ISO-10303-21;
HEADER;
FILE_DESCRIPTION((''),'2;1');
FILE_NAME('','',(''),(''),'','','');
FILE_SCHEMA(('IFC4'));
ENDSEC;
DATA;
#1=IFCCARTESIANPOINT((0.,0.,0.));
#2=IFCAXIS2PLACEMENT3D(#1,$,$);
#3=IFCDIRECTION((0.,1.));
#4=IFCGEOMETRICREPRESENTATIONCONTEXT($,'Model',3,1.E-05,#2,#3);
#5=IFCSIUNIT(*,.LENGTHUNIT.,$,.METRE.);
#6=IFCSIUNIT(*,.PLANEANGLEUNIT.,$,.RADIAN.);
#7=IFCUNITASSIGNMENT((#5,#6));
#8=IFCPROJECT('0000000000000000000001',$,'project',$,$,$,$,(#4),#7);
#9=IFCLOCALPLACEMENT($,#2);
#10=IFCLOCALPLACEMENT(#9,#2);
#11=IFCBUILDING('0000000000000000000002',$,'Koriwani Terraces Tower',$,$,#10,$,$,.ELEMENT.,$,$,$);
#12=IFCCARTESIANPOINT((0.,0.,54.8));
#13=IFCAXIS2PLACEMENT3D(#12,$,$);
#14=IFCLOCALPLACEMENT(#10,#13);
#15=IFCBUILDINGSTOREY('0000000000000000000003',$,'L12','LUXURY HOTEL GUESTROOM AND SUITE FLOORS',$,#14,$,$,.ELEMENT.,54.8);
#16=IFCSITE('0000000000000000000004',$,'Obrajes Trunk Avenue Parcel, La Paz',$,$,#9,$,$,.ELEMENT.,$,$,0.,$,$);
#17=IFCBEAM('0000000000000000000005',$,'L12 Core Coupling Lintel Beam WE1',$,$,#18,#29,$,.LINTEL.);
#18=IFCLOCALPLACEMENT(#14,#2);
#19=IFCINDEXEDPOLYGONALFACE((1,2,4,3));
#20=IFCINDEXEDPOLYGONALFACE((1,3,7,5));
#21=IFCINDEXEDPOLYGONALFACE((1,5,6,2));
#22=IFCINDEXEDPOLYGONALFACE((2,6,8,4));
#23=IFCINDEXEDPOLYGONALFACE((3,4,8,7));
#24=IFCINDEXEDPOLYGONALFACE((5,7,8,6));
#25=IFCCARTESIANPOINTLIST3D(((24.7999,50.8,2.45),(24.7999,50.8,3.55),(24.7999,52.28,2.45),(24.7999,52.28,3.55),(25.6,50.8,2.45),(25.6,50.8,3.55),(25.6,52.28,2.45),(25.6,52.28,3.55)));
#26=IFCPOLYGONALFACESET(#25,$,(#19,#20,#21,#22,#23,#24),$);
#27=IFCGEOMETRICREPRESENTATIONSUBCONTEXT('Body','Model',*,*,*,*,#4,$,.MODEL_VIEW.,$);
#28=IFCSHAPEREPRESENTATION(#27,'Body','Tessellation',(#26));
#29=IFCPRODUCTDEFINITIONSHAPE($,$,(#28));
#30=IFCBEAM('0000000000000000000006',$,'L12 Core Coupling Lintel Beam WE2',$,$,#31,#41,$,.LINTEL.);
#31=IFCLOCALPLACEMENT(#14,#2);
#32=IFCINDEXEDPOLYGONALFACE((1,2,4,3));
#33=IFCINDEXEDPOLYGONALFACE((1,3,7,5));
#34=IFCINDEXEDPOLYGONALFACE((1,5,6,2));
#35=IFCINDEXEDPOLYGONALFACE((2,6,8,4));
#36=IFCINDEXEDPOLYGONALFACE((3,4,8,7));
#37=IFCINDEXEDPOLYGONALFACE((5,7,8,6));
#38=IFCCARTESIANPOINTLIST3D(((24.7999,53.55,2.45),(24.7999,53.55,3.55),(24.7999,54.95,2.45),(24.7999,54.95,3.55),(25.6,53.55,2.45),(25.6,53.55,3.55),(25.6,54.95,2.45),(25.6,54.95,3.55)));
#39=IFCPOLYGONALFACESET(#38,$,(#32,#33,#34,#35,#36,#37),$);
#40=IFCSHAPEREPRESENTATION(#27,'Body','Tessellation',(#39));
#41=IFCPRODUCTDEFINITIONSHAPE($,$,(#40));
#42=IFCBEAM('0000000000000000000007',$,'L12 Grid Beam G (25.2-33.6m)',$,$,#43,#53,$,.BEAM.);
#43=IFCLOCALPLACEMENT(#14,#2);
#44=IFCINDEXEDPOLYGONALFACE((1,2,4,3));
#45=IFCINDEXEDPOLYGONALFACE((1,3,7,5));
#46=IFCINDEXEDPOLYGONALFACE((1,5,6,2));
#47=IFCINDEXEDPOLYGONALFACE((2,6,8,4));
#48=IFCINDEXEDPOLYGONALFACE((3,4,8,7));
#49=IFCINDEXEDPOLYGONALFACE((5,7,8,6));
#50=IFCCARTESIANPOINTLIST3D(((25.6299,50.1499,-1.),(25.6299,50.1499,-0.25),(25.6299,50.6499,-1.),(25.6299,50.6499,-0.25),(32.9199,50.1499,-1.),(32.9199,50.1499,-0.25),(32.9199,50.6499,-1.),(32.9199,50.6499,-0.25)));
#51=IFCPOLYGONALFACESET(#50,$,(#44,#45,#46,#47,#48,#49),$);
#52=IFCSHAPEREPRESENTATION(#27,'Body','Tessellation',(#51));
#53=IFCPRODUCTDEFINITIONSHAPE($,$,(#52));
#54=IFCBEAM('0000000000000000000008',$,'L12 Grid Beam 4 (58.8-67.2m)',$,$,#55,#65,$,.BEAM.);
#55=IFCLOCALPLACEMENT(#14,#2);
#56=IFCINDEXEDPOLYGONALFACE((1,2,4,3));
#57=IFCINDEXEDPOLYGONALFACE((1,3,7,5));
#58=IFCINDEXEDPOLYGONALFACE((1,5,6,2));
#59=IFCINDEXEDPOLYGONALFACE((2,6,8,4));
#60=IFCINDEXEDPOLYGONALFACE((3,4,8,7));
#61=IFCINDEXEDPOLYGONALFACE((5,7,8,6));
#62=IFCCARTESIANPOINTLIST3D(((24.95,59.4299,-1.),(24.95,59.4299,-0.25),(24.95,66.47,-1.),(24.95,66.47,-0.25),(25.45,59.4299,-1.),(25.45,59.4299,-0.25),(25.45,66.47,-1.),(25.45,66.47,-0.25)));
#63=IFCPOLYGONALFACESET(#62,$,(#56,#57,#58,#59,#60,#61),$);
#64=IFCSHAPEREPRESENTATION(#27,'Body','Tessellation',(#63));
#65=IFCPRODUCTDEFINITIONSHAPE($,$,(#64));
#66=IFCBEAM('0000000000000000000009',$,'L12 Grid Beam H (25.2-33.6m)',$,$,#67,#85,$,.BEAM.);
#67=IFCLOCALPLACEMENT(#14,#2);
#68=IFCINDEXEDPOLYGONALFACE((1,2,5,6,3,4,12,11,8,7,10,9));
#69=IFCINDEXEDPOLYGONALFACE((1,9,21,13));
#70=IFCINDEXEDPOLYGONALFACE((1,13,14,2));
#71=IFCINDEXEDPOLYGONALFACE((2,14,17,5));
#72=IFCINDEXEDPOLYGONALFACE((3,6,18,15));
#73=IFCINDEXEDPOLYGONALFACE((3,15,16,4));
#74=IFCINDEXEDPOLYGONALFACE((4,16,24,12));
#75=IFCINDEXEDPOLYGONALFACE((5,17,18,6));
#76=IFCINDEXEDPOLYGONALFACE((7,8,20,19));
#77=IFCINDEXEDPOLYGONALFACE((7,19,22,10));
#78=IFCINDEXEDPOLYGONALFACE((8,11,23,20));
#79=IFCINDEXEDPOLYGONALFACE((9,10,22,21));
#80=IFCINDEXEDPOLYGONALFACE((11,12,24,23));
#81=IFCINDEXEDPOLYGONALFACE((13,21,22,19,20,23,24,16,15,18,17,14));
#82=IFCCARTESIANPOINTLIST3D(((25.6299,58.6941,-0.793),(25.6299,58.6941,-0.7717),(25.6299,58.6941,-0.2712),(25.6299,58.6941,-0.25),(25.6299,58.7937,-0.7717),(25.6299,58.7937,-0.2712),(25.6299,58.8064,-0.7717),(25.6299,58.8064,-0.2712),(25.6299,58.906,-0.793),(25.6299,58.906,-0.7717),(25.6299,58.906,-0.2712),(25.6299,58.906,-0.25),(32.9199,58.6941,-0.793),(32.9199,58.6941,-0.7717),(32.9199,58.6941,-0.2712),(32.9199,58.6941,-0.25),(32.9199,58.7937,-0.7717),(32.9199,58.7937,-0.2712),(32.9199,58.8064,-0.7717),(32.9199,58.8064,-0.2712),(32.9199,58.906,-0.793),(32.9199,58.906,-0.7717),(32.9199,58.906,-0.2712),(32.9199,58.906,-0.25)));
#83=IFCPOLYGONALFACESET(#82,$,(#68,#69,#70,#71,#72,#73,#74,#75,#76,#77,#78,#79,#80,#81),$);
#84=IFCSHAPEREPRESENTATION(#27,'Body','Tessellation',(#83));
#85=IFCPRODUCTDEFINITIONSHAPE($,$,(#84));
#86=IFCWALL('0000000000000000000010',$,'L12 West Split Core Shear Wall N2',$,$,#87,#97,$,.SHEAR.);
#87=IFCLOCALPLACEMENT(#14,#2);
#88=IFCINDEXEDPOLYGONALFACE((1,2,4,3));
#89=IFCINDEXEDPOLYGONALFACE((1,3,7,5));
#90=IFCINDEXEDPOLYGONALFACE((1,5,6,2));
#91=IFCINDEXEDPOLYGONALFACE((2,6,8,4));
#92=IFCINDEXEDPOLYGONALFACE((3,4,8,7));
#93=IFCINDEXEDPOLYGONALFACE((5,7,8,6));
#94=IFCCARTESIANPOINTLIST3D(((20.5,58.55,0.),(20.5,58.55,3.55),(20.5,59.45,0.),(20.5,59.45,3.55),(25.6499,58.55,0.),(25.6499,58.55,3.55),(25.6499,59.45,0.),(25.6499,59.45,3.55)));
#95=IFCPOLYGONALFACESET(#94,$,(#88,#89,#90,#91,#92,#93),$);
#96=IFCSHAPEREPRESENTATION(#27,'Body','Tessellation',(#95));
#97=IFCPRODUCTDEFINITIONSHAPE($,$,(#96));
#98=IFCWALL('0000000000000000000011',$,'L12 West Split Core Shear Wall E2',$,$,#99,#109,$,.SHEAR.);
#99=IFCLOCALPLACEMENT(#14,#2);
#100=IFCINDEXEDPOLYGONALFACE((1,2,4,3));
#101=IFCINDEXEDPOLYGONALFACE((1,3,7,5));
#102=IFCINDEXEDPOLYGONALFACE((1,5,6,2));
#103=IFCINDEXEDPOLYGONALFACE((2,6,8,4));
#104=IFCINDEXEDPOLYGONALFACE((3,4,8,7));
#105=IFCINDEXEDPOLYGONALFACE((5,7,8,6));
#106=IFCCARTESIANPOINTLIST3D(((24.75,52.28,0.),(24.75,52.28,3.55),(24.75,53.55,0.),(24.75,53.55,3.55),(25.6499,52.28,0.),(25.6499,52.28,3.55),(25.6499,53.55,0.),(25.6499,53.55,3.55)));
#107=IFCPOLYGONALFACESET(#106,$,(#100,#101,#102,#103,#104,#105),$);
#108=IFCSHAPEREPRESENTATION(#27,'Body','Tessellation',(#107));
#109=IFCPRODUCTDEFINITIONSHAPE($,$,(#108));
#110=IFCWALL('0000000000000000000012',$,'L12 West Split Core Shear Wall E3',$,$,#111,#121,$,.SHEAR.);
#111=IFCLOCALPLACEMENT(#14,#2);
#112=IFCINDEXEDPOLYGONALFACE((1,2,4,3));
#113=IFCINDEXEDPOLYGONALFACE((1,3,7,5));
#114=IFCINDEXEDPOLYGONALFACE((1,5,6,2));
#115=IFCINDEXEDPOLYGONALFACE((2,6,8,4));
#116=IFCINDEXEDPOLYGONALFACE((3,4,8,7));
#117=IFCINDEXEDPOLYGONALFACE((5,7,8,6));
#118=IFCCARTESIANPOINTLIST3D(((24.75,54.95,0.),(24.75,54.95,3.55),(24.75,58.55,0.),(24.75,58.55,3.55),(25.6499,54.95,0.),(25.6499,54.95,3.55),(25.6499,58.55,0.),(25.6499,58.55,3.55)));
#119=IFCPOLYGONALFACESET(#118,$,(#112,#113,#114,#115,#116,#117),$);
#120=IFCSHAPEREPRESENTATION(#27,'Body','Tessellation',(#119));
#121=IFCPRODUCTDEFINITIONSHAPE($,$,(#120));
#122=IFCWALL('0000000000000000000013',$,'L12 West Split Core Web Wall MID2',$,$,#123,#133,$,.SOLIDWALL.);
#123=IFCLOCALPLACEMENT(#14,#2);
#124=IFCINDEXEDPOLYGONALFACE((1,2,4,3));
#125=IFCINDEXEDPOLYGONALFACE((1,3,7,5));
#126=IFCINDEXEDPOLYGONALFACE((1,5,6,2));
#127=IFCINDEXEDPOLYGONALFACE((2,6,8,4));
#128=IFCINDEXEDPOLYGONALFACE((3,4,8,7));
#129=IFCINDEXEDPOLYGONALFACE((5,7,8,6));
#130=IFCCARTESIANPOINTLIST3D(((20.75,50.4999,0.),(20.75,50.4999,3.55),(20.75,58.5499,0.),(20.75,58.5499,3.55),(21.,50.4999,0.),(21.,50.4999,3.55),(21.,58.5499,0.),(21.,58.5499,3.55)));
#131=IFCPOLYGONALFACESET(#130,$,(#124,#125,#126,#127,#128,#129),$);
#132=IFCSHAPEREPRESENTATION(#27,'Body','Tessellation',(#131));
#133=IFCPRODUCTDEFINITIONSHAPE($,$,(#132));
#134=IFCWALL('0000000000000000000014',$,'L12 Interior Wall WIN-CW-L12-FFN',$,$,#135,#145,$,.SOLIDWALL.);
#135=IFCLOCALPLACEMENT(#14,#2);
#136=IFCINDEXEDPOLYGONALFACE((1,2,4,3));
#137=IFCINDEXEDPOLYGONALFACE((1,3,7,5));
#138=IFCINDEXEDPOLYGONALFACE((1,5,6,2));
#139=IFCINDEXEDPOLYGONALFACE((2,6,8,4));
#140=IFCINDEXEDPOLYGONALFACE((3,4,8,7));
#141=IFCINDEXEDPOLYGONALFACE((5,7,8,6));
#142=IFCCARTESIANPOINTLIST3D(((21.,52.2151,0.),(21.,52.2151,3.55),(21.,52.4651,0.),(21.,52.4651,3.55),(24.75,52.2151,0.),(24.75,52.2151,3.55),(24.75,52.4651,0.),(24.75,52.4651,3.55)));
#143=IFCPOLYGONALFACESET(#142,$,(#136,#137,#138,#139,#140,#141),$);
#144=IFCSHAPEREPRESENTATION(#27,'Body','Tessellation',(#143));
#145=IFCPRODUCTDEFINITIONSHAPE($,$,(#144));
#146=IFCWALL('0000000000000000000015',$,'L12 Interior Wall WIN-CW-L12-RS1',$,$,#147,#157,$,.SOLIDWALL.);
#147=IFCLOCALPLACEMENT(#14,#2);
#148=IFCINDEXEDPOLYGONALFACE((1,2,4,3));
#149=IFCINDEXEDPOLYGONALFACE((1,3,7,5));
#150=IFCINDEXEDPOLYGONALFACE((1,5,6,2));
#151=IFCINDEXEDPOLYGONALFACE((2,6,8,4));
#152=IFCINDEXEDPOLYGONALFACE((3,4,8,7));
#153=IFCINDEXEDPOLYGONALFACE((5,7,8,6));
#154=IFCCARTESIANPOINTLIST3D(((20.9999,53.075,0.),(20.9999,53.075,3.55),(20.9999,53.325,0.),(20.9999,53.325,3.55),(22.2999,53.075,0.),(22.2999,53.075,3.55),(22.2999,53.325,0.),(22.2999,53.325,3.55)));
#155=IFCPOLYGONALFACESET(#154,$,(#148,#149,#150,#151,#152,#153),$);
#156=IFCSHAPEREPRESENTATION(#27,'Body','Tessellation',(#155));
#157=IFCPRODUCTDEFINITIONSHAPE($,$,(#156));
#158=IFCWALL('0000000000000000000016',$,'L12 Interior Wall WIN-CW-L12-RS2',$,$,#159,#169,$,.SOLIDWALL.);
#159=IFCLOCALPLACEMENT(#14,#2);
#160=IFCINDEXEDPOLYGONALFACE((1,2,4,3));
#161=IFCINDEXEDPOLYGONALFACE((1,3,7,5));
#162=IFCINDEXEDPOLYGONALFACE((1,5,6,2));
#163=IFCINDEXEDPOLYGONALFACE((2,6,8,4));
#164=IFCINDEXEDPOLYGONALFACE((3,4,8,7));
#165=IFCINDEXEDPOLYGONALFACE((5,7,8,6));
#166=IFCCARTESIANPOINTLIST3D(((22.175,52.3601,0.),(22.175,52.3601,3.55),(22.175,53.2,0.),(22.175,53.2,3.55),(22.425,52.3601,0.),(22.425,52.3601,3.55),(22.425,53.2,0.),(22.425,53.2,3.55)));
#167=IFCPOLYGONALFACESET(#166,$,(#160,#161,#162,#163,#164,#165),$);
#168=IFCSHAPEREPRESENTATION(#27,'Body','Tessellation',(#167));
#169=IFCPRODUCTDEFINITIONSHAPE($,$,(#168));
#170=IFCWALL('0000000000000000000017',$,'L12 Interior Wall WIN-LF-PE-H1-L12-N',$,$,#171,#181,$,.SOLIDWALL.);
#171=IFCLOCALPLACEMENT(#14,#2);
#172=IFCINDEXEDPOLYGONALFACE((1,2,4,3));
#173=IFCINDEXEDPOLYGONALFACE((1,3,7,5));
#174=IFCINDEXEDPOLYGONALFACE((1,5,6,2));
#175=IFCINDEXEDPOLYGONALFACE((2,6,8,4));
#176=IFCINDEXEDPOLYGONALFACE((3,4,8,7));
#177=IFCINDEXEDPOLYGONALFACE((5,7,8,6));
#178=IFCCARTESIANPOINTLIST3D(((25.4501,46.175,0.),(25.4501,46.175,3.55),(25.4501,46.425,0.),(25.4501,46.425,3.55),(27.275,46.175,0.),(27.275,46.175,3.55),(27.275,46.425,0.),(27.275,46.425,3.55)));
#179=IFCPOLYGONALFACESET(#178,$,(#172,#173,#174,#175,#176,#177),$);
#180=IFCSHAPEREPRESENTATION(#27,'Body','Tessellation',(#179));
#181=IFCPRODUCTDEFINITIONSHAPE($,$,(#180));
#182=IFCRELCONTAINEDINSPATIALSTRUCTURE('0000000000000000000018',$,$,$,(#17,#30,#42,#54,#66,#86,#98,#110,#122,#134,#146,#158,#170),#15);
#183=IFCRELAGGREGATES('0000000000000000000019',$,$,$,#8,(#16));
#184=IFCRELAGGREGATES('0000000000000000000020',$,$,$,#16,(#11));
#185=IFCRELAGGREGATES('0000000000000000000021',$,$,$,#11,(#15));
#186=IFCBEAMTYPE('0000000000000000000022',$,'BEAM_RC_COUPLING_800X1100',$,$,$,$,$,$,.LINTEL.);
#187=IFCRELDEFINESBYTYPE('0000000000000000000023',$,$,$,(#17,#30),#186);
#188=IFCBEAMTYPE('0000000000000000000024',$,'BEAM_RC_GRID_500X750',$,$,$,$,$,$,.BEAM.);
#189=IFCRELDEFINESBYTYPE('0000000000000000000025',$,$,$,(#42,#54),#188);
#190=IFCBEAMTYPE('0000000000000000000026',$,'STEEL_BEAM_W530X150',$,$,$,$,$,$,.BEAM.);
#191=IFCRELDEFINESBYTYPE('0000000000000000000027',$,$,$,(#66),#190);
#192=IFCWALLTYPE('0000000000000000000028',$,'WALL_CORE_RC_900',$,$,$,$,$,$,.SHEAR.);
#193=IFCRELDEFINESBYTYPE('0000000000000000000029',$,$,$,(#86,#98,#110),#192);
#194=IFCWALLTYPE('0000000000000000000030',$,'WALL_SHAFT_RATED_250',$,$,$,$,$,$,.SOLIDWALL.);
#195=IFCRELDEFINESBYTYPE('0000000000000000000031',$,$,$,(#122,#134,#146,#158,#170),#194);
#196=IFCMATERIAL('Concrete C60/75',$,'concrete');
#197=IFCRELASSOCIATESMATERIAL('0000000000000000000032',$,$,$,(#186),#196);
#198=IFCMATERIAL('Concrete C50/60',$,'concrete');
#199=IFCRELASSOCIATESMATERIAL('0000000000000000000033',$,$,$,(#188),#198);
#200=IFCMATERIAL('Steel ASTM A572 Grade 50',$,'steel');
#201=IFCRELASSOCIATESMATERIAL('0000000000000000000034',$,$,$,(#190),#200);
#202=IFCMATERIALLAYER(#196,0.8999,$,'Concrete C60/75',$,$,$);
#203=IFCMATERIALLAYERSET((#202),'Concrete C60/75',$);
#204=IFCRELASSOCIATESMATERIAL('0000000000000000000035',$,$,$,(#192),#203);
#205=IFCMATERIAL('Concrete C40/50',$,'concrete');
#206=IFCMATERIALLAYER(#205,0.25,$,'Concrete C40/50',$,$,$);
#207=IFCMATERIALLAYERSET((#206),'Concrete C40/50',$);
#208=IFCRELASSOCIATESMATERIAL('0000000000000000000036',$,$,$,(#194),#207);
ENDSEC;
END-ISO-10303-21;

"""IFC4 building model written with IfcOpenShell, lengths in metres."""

from ifc_helpers import new_model, si_unit, direction, frame, frame_2d, origin, origin_2d, place, context, subcontext, project, spatial, rectangle, i_section, extrude, material, layer, layer_set, material_profile, profile_set, type_object, element, save


model = new_model("IFC4")

# Units and contexts
model_context = context("Model", 3, precision=1e-05, world=origin(), true_north=direction((0.0, 1.0)))
body_context = subcontext(model_context, "Body", "Model", "MODEL_VIEW")
ifc_project = project(units=[si_unit("LENGTHUNIT", "METRE"), si_unit("PLANEANGLEUNIT", "RADIAN")], contexts=[model_context])

# Site, building, storey
site_placement = place(None, origin())
site = spatial("IfcSite", under=ifc_project, at=site_placement, Name="Obrajes Trunk Avenue Parcel, La Paz", CompositionType="ELEMENT", RefElevation=0.0)
building_placement = place(site_placement, origin())
building = spatial("IfcBuilding", under=site, at=building_placement, Name="Koriwani Terraces Tower", CompositionType="ELEMENT")
storey_placement = place(building_placement, frame((0.0, 0.0, 54.8)))
storey = spatial("IfcBuildingStorey", under=building, at=storey_placement, Name="L12", Description="LUXURY HOTEL GUESTROOM AND SUITE FLOORS", CompositionType="ELEMENT", Elevation=54.8)

# Beams
ifc_material_1 = material(Name="Concrete C60/75", Category="concrete")
ifc_material_profile_1 = material_profile(ifc_material_1, rectangle(XDim=0.8, YDim=1.1001, at=origin_2d()), Name="Concrete C60/75", Category="LoadBearing")
ifc_profile_set_1 = profile_set([ifc_material_profile_1], Name="Concrete C60/75")
beam_type_1 = type_object("IfcBeamType", Name="BEAM_RC_COUPLING_800X1100", PredefinedType="LINTEL", material=ifc_profile_set_1)
beam_1_placement = place(storey_placement, frame((25.2, 50.8, 3.0), z_axis=(0.0, 1.0, 0.0), x_axis=(-1.0, 0.0, 0.0)))
element("IfcBeam", 1, at=beam_1_placement, inside=storey, type_object=beam_type_1, Name="L12 Core Coupling Lintel Beam WE1", PredefinedType="LINTEL", context=body_context, shape_type="SweptSolid", body=[
    extrude(rectangle(XDim=0.8, YDim=1.1001, at=origin_2d()), origin(), (0.0, 0.0, 1.0), 1.48),
])
beam_2_placement = place(storey_placement, frame((25.2, 53.55, 3.0), z_axis=(0.0, 1.0, 0.0), x_axis=(-1.0, 0.0, 0.0)))
element("IfcBeam", 2, at=beam_2_placement, inside=storey, type_object=beam_type_1, Name="L12 Core Coupling Lintel Beam WE2", PredefinedType="LINTEL", context=body_context, shape_type="SweptSolid", body=[
    extrude(rectangle(XDim=0.8, YDim=1.1001, at=origin_2d()), origin(), (0.0, 0.0, 1.0), 1.3999),
])
ifc_material_2 = material(Name="Concrete C50/60", Category="concrete")
ifc_material_profile_2 = material_profile(ifc_material_2, rectangle(XDim=0.5, YDim=0.75, at=origin_2d()), Name="Concrete C50/60", Category="LoadBearing")
ifc_profile_set_2 = profile_set([ifc_material_profile_2], Name="Concrete C50/60")
beam_type_2 = type_object("IfcBeamType", Name="BEAM_RC_GRID_500X750", PredefinedType="BEAM", material=ifc_profile_set_2)
beam_3_placement = place(storey_placement, frame((25.6299, 50.3999, -0.625), z_axis=(1.0, 0.0, 0.0), x_axis=(0.0, 1.0, 0.0)))
element("IfcBeam", 3, at=beam_3_placement, inside=storey, type_object=beam_type_2, Name="L12 Grid Beam G (25.2-33.6m)", PredefinedType="BEAM", context=body_context, shape_type="SweptSolid", body=[
    extrude(rectangle(XDim=0.5, YDim=0.75, at=origin_2d()), origin(), (0.0, 0.0, 1.0), 7.29),
])
beam_4_placement = place(storey_placement, frame((25.2, 59.4299, -0.625), z_axis=(0.0, 1.0, 0.0), x_axis=(-1.0, 0.0, 0.0)))
element("IfcBeam", 4, at=beam_4_placement, inside=storey, type_object=beam_type_2, Name="L12 Grid Beam 4 (58.8-67.2m)", PredefinedType="BEAM", context=body_context, shape_type="SweptSolid", body=[
    extrude(rectangle(XDim=0.5, YDim=0.75, at=origin_2d()), origin(), (0.0, 0.0, 1.0), 7.04),
])
ifc_material_3 = material(Name="Steel ASTM A572 Grade 50", Category="steel")
ifc_material_profile_3 = material_profile(ifc_material_3, i_section(OverallWidth=0.2119, OverallDepth=0.543, WebThickness=0.0127, FlangeThickness=0.0212, at=origin_2d()), Name="Steel ASTM A572 Grade 50", Category="LoadBearing")
ifc_profile_set_3 = profile_set([ifc_material_profile_3], Name="Steel ASTM A572 Grade 50")
beam_type_3 = type_object("IfcBeamType", Name="STEEL_BEAM_W530X150", PredefinedType="BEAM", material=ifc_profile_set_3)
beam_5_placement = place(storey_placement, frame((25.6299, 58.8, -0.5215), z_axis=(1.0, 0.0, 0.0), x_axis=(0.0, 1.0, 0.0)))
element("IfcBeam", 5, at=beam_5_placement, inside=storey, type_object=beam_type_3, Name="L12 Grid Beam H (25.2-33.6m)", PredefinedType="BEAM", context=body_context, shape_type="SweptSolid", body=[
    extrude(i_section(OverallWidth=0.2119, OverallDepth=0.543, WebThickness=0.0127, FlangeThickness=0.0212, at=origin_2d()), origin(), (0.0, 0.0, 1.0), 7.29),
])

# Walls
ifc_layer_1 = layer(ifc_material_1, 0.8999, Name="Concrete C60/75")
ifc_layer_set_1 = layer_set([ifc_layer_1], Name="Concrete C60/75")
wall_type_1 = type_object("IfcWallType", Name="WALL_CORE_RC_900", PredefinedType="SHEAR", material=ifc_layer_set_1)
wall_1_placement = place(storey_placement, frame((20.5, 59.0, 0.0), z_axis=(0.0, 0.0, 1.0), x_axis=(1.0, 0.0, 0.0)))
element("IfcWall", 6, at=wall_1_placement, inside=storey, type_object=wall_type_1, Name="L12 West Split Core Shear Wall N2", PredefinedType="SHEAR", context=body_context, shape_type="SweptSolid", body=[
    extrude(rectangle(XDim=5.1499, YDim=0.8999, at=frame_2d((2.575, 0.0))), origin(), (0.0, 0.0, 1.0), 3.55),
])
wall_2_placement = place(storey_placement, frame((25.2, 52.28, 0.0), z_axis=(0.0, 0.0, 1.0), x_axis=(0.0, 1.0, 0.0)))
element("IfcWall", 7, at=wall_2_placement, inside=storey, type_object=wall_type_1, Name="L12 West Split Core Shear Wall E2", PredefinedType="SHEAR", context=body_context, shape_type="SweptSolid", body=[
    extrude(rectangle(XDim=1.27, YDim=0.8999, at=frame_2d((0.635, 0.0))), origin(), (0.0, 0.0, 1.0), 3.55),
])
wall_3_placement = place(storey_placement, frame((25.2, 54.95, 0.0), z_axis=(0.0, 0.0, 1.0), x_axis=(0.0, 1.0, 0.0)))
element("IfcWall", 8, at=wall_3_placement, inside=storey, type_object=wall_type_1, Name="L12 West Split Core Shear Wall E3", PredefinedType="SHEAR", context=body_context, shape_type="SweptSolid", body=[
    extrude(rectangle(XDim=3.6001, YDim=0.8999, at=frame_2d((1.8, 0.0))), origin(), (0.0, 0.0, 1.0), 3.55),
])
ifc_material_4 = material(Name="Concrete C40/50", Category="concrete")
ifc_layer_2 = layer(ifc_material_4, 0.25, Name="Concrete C40/50")
ifc_layer_set_2 = layer_set([ifc_layer_2], Name="Concrete C40/50")
wall_type_2 = type_object("IfcWallType", Name="WALL_SHAFT_RATED_250", PredefinedType="SOLIDWALL", material=ifc_layer_set_2)
wall_4_placement = place(storey_placement, frame((20.875, 50.5, 0.0), z_axis=(0.0, 0.0, 1.0), x_axis=(0.0, 1.0, 0.0)))
element("IfcWall", 9, at=wall_4_placement, inside=storey, type_object=wall_type_2, Name="L12 West Split Core Web Wall MID2", PredefinedType="SOLIDWALL", context=body_context, shape_type="SweptSolid", body=[
    extrude(rectangle(XDim=8.05, YDim=0.25, at=frame_2d((4.0249, 0.0))), origin(), (0.0, 0.0, 1.0), 3.55),
])

# Wall
wall_5_placement = place(storey_placement, frame((21.0, 52.3401, 0.0), z_axis=(0.0, 0.0, 1.0), x_axis=(1.0, 0.0, 0.0)))
element("IfcWall", 10, at=wall_5_placement, inside=storey, type_object=wall_type_2, Name="L12 Interior Wall WIN-CW-L12-FFN", PredefinedType="SOLIDWALL", context=body_context, shape_type="SweptSolid", body=[
    extrude(rectangle(XDim=3.75, YDim=0.25, at=frame_2d((1.875, 0.0))), origin(), (0.0, 0.0, 1.0), 3.55),
])

# Walls
wall_6_placement = place(storey_placement, frame((21.0, 53.2, 0.0), z_axis=(0.0, 0.0, 1.0), x_axis=(1.0, 0.0, 0.0)))
element("IfcWall", 11, at=wall_6_placement, inside=storey, type_object=wall_type_2, Name="L12 Interior Wall WIN-CW-L12-RS1", PredefinedType="SOLIDWALL", context=body_context, shape_type="SweptSolid", body=[
    extrude(rectangle(XDim=1.3, YDim=0.25, at=frame_2d((0.6499, 0.0))), origin(), (0.0, 0.0, 1.0), 3.55),
])
wall_7_placement = place(storey_placement, frame((22.3, 52.3601, 0.0), z_axis=(0.0, 0.0, 1.0), x_axis=(0.0, 1.0, 0.0)))
element("IfcWall", 12, at=wall_7_placement, inside=storey, type_object=wall_type_2, Name="L12 Interior Wall WIN-CW-L12-RS2", PredefinedType="SOLIDWALL", context=body_context, shape_type="SweptSolid", body=[
    extrude(rectangle(XDim=0.8398, YDim=0.25, at=frame_2d((0.4199, 0.0))), origin(), (0.0, 0.0, 1.0), 3.55),
])
wall_8_placement = place(storey_placement, frame((25.45, 46.3, 0.0), z_axis=(0.0, 0.0, 1.0), x_axis=(1.0, 0.0, 0.0)))
element("IfcWall", 13, at=wall_8_placement, inside=storey, type_object=wall_type_2, Name="L12 Interior Wall WIN-LF-PE-H1-L12-N", PredefinedType="SOLIDWALL", context=body_context, shape_type="SweptSolid", body=[
    extrude(rectangle(XDim=1.825, YDim=0.25, at=frame_2d((0.9126, 0.0))), origin(), (0.0, 0.0, 1.0), 3.55),
])

save(model, "model.ifc")
